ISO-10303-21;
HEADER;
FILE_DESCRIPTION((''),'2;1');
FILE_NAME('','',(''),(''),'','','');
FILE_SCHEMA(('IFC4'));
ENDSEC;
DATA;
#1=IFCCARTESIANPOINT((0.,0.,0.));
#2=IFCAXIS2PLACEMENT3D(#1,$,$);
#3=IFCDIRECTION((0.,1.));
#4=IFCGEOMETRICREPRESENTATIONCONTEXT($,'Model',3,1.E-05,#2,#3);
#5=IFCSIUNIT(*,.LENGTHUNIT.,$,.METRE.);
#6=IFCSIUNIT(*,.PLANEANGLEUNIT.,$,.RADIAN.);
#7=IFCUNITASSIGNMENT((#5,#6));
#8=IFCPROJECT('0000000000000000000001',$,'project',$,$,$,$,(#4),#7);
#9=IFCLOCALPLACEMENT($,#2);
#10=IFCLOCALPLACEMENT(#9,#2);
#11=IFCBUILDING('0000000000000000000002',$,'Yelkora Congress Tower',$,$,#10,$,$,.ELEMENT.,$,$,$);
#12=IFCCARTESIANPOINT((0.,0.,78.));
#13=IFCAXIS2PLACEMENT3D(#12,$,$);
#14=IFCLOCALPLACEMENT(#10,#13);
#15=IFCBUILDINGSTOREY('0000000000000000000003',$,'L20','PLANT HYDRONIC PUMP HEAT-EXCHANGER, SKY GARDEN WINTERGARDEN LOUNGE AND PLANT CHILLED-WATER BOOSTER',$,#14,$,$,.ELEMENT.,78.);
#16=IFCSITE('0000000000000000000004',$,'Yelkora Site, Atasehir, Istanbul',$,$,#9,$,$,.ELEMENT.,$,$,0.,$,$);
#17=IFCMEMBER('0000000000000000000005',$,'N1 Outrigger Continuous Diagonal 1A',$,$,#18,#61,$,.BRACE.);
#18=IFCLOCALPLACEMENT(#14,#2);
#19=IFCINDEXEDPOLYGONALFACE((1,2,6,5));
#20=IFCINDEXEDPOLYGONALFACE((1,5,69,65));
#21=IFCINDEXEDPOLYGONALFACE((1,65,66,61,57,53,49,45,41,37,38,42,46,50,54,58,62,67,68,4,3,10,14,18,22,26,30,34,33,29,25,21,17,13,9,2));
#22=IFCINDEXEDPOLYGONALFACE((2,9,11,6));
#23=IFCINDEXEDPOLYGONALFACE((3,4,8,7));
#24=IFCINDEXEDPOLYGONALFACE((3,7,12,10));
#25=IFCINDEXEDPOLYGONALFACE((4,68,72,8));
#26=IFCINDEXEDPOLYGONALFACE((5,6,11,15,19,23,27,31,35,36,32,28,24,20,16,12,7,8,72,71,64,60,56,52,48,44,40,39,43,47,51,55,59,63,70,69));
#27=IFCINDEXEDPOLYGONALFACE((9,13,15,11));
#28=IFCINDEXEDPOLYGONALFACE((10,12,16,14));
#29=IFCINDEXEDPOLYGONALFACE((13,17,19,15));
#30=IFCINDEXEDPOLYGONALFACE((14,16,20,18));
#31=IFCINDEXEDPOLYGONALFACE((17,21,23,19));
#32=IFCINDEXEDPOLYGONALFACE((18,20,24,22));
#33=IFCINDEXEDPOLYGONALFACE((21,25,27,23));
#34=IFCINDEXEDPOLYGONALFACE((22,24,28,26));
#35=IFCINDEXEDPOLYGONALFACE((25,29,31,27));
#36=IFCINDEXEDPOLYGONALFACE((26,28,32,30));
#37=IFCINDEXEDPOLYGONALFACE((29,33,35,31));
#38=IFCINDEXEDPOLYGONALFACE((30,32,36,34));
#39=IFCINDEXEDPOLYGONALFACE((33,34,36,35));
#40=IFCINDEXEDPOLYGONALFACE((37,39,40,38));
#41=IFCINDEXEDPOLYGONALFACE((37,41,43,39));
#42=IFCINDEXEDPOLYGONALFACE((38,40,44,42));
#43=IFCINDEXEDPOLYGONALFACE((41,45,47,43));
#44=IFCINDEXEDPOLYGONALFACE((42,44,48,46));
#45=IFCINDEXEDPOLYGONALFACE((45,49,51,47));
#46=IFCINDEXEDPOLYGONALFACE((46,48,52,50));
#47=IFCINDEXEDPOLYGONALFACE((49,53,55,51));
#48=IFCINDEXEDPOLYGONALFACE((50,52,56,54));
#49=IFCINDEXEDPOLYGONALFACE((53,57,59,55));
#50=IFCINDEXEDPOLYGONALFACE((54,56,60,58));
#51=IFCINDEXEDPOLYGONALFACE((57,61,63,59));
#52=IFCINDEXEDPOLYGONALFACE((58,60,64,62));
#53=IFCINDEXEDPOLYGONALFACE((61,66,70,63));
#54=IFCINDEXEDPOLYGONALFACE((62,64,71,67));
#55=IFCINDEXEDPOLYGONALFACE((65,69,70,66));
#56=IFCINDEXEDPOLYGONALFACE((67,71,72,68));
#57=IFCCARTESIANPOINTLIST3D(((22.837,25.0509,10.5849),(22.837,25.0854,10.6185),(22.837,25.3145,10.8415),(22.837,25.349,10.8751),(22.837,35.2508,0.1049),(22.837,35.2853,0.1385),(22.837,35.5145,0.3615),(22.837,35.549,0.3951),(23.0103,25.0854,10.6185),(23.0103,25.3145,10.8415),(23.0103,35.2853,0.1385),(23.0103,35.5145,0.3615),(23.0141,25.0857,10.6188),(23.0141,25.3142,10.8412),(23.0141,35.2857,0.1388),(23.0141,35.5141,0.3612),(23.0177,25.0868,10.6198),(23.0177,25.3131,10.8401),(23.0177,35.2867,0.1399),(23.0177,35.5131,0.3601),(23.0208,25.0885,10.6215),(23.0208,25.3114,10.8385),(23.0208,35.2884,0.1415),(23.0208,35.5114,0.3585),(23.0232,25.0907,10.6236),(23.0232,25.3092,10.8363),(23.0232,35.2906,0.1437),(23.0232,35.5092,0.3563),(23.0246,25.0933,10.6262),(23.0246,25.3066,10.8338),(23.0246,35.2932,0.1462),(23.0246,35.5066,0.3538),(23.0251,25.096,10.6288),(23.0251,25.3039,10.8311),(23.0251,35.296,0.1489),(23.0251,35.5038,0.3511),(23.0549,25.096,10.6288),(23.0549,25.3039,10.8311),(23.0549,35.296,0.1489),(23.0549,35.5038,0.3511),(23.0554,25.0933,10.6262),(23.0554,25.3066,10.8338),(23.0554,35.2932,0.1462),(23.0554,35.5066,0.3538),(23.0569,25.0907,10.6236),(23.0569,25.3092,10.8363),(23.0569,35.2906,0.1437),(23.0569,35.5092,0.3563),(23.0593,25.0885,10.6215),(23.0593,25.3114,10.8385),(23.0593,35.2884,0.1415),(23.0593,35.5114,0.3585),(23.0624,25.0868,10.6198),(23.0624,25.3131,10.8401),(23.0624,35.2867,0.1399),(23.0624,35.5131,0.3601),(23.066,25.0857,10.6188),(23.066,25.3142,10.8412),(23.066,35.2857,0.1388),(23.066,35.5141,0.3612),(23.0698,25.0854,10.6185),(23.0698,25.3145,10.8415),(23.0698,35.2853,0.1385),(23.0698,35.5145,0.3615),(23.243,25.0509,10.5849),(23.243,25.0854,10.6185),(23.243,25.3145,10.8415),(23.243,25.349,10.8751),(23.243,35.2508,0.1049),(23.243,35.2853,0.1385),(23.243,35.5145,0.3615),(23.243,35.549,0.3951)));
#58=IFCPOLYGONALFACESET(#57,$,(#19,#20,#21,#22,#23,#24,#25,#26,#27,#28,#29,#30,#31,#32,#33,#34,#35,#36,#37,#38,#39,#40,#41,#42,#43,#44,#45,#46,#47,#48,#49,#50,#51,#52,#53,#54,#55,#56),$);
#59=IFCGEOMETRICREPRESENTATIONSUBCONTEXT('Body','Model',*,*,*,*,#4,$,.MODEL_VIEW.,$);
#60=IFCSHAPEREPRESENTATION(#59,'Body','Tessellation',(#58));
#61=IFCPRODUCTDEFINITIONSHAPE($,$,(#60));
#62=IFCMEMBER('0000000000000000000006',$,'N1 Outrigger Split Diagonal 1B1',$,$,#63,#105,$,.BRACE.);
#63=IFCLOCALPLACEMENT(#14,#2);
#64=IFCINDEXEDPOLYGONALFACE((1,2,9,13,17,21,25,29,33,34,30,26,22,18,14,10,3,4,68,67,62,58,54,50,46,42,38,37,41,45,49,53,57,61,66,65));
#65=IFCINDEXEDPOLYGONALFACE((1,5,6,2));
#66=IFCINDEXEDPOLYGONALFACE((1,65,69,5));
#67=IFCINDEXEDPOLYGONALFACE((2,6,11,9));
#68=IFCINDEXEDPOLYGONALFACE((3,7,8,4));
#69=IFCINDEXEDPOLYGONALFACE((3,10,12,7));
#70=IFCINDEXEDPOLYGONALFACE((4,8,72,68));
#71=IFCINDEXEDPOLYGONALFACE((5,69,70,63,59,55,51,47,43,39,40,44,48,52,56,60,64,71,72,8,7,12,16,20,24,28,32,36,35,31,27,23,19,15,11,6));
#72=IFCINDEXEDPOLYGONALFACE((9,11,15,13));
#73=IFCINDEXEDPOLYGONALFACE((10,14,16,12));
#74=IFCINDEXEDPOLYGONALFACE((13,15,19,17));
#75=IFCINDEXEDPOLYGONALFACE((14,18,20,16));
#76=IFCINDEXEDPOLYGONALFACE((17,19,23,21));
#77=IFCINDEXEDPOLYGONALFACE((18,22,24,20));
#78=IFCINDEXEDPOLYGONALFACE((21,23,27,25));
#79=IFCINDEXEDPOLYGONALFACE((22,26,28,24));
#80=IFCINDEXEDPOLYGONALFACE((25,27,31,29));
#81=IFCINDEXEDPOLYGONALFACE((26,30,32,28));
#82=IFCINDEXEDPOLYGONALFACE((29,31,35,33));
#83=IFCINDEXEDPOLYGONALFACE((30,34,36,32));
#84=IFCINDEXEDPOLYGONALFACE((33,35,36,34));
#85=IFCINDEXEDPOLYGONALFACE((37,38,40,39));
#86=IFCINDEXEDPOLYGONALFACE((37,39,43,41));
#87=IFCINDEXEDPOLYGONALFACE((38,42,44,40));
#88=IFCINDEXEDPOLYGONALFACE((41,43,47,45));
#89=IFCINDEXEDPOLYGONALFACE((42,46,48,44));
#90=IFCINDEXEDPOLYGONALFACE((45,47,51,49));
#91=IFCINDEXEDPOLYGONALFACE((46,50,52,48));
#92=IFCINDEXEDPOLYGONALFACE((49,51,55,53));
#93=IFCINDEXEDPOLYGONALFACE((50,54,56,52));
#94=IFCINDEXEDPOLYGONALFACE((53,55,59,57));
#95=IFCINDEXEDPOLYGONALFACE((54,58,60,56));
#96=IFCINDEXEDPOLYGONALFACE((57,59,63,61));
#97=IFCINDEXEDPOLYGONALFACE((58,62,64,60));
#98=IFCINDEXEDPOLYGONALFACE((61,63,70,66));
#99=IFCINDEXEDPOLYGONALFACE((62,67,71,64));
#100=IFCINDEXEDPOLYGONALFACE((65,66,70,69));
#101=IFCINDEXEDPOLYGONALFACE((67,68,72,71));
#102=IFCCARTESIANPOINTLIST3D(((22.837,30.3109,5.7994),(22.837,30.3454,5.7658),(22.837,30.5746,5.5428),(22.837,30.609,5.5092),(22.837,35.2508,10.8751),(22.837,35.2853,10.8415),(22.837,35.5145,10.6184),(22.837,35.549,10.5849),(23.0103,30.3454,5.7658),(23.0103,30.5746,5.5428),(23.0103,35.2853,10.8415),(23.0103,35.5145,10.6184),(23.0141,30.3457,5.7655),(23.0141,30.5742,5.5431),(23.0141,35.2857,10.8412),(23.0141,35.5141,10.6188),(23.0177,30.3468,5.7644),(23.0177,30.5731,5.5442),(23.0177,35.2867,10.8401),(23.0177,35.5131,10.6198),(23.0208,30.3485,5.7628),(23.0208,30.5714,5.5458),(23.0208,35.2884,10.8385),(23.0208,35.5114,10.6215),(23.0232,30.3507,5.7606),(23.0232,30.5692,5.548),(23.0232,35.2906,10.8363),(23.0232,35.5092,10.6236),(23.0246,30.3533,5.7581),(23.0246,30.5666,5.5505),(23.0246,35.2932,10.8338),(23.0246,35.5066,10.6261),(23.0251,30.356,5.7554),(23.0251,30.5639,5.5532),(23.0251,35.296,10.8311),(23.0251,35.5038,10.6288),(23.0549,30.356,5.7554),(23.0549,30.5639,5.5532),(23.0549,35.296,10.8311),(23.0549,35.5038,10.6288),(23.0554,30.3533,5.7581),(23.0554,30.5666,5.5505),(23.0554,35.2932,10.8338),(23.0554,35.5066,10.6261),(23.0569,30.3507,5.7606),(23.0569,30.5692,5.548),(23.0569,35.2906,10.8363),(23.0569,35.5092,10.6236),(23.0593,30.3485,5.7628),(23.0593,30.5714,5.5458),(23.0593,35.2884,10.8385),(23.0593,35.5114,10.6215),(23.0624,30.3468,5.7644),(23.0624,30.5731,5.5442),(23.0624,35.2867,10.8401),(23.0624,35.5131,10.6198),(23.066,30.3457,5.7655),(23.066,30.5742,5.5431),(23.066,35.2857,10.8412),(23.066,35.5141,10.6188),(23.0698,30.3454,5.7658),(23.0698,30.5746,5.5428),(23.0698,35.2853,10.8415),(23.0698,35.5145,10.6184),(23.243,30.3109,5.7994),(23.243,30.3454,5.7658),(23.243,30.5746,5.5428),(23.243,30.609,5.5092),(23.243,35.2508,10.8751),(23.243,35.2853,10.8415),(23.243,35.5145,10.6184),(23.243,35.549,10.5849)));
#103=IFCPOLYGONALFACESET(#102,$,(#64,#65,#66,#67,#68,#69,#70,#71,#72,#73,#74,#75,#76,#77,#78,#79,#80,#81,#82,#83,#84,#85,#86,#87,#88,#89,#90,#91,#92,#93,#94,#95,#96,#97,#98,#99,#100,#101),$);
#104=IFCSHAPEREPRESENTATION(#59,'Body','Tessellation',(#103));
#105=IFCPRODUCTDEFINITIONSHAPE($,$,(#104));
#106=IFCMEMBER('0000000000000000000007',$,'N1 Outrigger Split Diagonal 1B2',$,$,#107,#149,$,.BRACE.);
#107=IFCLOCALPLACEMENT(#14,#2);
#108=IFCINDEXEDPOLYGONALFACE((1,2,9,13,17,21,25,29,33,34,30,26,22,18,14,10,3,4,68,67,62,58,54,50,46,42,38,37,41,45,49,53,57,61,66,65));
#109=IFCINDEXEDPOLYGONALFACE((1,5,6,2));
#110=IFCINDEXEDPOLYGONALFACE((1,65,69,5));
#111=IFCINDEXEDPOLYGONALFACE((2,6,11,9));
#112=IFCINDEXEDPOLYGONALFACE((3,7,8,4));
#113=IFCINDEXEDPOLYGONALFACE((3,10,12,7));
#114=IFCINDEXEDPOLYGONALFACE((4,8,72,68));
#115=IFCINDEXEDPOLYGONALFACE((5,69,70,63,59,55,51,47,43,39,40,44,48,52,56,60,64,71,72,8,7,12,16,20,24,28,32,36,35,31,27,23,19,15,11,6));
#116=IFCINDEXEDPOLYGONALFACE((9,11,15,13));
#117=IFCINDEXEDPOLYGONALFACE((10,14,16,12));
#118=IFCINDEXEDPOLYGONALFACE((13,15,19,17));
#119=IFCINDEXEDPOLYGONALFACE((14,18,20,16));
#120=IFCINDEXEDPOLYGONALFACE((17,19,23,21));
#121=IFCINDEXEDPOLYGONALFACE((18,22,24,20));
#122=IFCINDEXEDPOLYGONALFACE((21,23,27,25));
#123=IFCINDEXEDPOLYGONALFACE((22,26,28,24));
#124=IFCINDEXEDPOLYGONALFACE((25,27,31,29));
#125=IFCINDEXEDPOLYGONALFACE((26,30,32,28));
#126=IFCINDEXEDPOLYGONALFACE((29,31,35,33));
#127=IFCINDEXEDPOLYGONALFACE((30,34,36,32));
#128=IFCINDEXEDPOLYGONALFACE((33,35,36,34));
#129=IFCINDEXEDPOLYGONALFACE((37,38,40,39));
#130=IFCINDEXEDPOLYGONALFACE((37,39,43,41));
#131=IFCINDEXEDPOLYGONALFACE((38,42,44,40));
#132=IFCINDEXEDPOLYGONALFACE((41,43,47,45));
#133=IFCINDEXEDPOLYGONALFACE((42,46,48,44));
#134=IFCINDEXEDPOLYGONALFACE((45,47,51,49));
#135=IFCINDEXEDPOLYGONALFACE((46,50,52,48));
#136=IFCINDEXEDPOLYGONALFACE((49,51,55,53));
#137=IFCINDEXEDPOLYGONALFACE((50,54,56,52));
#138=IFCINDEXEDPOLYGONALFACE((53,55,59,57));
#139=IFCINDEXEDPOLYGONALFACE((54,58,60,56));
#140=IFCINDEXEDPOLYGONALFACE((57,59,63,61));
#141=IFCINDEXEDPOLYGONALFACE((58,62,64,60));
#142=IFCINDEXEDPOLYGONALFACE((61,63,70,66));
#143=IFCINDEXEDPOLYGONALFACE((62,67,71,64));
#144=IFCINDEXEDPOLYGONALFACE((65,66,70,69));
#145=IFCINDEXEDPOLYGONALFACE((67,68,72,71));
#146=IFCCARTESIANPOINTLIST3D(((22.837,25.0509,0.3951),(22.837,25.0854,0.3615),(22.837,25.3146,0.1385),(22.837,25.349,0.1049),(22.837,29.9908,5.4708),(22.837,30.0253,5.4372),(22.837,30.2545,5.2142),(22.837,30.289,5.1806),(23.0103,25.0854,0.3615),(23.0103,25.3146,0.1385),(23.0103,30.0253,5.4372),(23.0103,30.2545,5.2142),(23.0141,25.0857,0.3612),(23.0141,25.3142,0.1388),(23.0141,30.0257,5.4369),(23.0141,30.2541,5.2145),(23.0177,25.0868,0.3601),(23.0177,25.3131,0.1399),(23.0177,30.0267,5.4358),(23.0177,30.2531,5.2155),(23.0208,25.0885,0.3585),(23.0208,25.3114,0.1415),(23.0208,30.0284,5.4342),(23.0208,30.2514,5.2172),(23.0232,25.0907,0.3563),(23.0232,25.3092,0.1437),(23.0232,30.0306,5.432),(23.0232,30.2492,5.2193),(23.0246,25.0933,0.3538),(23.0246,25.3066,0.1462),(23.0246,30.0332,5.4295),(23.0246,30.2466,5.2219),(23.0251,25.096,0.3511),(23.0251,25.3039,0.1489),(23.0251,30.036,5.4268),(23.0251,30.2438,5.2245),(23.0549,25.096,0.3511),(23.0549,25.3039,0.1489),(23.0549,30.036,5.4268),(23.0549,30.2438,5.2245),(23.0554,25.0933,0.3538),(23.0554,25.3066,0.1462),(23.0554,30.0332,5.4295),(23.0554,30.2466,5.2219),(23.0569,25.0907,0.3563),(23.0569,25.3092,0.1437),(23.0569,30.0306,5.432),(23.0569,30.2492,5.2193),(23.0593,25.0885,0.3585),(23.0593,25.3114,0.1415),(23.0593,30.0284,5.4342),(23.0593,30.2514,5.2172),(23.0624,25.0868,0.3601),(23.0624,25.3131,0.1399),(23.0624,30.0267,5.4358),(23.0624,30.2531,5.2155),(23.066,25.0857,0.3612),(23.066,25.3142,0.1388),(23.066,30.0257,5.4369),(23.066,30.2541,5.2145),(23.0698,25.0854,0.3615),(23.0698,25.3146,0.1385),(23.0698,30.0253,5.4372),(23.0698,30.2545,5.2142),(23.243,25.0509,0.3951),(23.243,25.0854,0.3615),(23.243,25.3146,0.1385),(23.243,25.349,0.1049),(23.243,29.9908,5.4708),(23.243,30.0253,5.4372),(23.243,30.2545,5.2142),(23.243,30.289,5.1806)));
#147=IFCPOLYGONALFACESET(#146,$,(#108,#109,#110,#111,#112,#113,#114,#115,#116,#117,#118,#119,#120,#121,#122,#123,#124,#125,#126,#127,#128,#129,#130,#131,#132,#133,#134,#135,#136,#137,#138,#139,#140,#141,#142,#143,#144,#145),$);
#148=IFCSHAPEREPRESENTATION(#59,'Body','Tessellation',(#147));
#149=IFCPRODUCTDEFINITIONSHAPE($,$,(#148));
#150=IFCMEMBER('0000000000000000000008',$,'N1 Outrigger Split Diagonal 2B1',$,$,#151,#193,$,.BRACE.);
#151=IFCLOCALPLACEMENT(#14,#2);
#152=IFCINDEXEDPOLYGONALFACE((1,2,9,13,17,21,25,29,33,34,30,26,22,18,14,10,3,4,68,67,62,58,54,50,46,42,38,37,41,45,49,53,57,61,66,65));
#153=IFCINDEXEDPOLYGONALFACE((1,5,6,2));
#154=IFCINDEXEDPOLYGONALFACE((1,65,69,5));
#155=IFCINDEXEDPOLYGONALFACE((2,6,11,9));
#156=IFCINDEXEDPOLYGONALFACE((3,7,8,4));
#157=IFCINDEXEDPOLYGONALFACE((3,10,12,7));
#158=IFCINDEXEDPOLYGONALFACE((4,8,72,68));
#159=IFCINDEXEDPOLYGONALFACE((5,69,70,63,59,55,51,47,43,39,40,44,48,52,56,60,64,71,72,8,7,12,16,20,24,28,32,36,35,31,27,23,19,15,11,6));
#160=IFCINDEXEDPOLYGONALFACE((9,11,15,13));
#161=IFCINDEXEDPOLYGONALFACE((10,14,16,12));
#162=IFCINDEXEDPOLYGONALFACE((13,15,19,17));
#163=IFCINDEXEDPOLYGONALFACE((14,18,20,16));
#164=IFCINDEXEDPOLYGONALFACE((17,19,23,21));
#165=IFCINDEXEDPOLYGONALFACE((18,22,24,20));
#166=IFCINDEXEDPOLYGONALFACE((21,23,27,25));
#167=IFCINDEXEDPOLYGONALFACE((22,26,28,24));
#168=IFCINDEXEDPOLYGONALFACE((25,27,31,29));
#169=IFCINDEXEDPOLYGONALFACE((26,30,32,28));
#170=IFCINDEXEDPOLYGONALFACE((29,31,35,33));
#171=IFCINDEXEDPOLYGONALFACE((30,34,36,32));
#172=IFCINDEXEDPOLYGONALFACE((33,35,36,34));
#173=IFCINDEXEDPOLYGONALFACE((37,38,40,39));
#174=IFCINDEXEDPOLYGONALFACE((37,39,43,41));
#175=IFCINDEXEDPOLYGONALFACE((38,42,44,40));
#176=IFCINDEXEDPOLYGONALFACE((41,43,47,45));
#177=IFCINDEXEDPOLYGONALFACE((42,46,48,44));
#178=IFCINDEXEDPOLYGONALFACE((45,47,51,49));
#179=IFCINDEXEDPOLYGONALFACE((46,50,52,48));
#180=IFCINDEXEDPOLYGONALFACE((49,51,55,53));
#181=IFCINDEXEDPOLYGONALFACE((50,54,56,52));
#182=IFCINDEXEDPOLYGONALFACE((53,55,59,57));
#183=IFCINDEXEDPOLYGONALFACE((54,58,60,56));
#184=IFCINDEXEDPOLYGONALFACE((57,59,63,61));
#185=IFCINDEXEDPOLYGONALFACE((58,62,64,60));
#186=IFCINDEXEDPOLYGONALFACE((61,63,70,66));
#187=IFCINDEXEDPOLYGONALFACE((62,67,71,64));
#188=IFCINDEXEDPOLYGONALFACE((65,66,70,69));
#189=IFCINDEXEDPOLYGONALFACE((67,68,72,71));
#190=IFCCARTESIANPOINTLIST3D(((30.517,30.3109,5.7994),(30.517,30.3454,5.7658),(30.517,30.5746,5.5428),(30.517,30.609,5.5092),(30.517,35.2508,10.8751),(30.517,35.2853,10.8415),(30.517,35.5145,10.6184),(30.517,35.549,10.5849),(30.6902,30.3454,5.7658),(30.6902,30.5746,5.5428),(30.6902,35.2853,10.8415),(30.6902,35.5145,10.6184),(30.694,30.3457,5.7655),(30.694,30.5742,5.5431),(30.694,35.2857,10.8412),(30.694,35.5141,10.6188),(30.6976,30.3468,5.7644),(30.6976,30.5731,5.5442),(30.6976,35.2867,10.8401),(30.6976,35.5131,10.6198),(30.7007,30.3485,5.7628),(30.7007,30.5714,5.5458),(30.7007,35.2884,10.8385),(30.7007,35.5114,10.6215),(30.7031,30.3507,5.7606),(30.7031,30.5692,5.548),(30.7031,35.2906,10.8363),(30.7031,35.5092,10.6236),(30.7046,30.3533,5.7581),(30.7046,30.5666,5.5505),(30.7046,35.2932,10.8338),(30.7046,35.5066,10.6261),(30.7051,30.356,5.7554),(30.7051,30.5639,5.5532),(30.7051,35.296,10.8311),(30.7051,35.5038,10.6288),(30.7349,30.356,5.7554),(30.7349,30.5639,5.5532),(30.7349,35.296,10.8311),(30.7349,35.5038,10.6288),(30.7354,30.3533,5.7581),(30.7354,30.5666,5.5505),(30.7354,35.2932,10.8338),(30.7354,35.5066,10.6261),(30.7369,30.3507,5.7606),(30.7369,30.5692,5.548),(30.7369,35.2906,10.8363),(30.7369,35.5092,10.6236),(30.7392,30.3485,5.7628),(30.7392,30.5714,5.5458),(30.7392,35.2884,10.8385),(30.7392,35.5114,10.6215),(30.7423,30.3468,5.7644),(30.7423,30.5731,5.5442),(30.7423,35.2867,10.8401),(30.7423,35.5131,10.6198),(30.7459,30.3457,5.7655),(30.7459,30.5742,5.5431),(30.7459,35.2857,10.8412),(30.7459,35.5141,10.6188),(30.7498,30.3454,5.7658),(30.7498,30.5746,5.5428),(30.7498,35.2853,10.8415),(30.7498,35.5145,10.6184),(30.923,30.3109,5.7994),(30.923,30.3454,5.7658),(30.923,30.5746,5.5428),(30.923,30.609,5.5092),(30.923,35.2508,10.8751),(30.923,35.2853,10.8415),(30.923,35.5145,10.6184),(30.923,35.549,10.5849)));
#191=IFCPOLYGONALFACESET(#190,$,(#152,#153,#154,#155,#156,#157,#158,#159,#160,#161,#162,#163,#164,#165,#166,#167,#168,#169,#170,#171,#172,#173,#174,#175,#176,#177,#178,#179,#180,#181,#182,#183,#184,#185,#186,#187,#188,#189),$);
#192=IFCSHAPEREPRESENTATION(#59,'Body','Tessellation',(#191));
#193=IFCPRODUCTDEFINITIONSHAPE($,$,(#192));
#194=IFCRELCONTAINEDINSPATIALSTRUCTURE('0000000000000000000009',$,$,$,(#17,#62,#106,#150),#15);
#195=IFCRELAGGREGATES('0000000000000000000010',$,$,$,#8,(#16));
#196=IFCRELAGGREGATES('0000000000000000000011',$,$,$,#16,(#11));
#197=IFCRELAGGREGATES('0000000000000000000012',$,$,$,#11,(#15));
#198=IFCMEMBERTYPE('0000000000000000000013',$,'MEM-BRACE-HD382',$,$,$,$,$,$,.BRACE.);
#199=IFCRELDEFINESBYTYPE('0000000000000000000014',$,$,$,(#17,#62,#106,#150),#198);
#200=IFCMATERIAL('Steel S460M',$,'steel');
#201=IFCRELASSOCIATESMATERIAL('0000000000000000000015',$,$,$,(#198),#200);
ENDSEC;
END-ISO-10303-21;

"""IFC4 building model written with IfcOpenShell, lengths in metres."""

from ifc_helpers import new_model, si_unit, direction, frame, origin, origin_2d, place, context, subcontext, project, spatial, i_section, extrude, material, material_profile, profile_set, type_object, element, save


model = new_model("IFC4")

# Units and contexts
model_context = context("Model", 3, precision=1e-05, world=origin(), true_north=direction((0.0, 1.0)))
body_context = subcontext(model_context, "Body", "Model", "MODEL_VIEW")
ifc_project = project(units=[si_unit("LENGTHUNIT", "METRE"), si_unit("PLANEANGLEUNIT", "RADIAN")], contexts=[model_context])

# Site, building, storey
site_placement = place(None, origin())
site = spatial("IfcSite", under=ifc_project, at=site_placement, Name="Yelkora Site, Atasehir, Istanbul", CompositionType="ELEMENT", RefElevation=0.0)
building_placement = place(site_placement, origin())
building = spatial("IfcBuilding", under=site, at=building_placement, Name="Yelkora Congress Tower", CompositionType="ELEMENT")
storey_placement = place(building_placement, frame((0.0, 0.0, 78.0)))
storey = spatial("IfcBuildingStorey", under=building, at=storey_placement, Name="L20", Description="PLANT HYDRONIC PUMP HEAT-EXCHANGER, SKY GARDEN WINTERGARDEN LOUNGE AND PLANT CHILLED-WATER BOOSTER", CompositionType="ELEMENT", Elevation=78.0)

# Shared definitions
ifc_material_1 = material(Name="Steel S460M", Category="steel")

# Members
ifc_material_profile_1 = material_profile(ifc_material_1, i_section(OverallWidth=0.406, OverallDepth=0.416, WebThickness=0.0298, FlangeThickness=0.0481, FilletRadius=0.0149, at=origin_2d()), Name="HD 400x382")
ifc_profile_set_1 = profile_set([ifc_material_profile_1], Name="Steel S460M")
member_type_1 = type_object("IfcMemberType", Name="MEM-BRACE-HD382", PredefinedType="BRACE", material=ifc_profile_set_1)
member_1_placement = place(storey_placement, frame((23.04, 35.3999, 0.25), z_axis=(0.0, -0.697468, 0.716616), x_axis=(1.0, 0.0, 0.0)))
element("IfcMember", 1, at=member_1_placement, inside=storey, type_object=member_type_1, Name="N1 Outrigger Continuous Diagonal 1A", PredefinedType="BRACE", context=body_context, shape_type="SweptSolid", body=[
    extrude(i_section(OverallWidth=0.406, OverallDepth=0.416, WebThickness=0.0298, FlangeThickness=0.0481, FilletRadius=0.0149, at=origin_2d()), origin(), (0.0, 0.0, 1.0), 14.6243),
])
for number, where, z_axis, x_axis, name in (
    (2, (23.04, 35.3999, 10.73), (0.0, -0.697459, -0.716624), (1.0, 0.0, 0.0), "N1 Outrigger Split Diagonal 1B1"),
    (3, (23.04, 30.1399, 5.3257), (0.0, -0.697459, -0.716624), (1.0, 0.0, 0.0), "N1 Outrigger Split Diagonal 1B2"),
    (4, (30.72, 35.3999, 10.73), (0.0, -0.697459, -0.716624), (1.0, 0.0, 0.0), "N1 Outrigger Split Diagonal 2B1"),
):
    element("IfcMember", number, at=place(storey_placement, frame(where, z_axis=z_axis, x_axis=x_axis)), inside=storey, type_object=member_type_1, Name=name, PredefinedType="BRACE", context=body_context, shape_type="SweptSolid", body=[
        extrude(i_section(OverallWidth=0.406, OverallDepth=0.416, WebThickness=0.0298, FlangeThickness=0.0481, FilletRadius=0.0149, at=origin_2d()), origin(), (0.0, 0.0, 1.0), 7.0828),
    ])

save(model, "model.ifc")
